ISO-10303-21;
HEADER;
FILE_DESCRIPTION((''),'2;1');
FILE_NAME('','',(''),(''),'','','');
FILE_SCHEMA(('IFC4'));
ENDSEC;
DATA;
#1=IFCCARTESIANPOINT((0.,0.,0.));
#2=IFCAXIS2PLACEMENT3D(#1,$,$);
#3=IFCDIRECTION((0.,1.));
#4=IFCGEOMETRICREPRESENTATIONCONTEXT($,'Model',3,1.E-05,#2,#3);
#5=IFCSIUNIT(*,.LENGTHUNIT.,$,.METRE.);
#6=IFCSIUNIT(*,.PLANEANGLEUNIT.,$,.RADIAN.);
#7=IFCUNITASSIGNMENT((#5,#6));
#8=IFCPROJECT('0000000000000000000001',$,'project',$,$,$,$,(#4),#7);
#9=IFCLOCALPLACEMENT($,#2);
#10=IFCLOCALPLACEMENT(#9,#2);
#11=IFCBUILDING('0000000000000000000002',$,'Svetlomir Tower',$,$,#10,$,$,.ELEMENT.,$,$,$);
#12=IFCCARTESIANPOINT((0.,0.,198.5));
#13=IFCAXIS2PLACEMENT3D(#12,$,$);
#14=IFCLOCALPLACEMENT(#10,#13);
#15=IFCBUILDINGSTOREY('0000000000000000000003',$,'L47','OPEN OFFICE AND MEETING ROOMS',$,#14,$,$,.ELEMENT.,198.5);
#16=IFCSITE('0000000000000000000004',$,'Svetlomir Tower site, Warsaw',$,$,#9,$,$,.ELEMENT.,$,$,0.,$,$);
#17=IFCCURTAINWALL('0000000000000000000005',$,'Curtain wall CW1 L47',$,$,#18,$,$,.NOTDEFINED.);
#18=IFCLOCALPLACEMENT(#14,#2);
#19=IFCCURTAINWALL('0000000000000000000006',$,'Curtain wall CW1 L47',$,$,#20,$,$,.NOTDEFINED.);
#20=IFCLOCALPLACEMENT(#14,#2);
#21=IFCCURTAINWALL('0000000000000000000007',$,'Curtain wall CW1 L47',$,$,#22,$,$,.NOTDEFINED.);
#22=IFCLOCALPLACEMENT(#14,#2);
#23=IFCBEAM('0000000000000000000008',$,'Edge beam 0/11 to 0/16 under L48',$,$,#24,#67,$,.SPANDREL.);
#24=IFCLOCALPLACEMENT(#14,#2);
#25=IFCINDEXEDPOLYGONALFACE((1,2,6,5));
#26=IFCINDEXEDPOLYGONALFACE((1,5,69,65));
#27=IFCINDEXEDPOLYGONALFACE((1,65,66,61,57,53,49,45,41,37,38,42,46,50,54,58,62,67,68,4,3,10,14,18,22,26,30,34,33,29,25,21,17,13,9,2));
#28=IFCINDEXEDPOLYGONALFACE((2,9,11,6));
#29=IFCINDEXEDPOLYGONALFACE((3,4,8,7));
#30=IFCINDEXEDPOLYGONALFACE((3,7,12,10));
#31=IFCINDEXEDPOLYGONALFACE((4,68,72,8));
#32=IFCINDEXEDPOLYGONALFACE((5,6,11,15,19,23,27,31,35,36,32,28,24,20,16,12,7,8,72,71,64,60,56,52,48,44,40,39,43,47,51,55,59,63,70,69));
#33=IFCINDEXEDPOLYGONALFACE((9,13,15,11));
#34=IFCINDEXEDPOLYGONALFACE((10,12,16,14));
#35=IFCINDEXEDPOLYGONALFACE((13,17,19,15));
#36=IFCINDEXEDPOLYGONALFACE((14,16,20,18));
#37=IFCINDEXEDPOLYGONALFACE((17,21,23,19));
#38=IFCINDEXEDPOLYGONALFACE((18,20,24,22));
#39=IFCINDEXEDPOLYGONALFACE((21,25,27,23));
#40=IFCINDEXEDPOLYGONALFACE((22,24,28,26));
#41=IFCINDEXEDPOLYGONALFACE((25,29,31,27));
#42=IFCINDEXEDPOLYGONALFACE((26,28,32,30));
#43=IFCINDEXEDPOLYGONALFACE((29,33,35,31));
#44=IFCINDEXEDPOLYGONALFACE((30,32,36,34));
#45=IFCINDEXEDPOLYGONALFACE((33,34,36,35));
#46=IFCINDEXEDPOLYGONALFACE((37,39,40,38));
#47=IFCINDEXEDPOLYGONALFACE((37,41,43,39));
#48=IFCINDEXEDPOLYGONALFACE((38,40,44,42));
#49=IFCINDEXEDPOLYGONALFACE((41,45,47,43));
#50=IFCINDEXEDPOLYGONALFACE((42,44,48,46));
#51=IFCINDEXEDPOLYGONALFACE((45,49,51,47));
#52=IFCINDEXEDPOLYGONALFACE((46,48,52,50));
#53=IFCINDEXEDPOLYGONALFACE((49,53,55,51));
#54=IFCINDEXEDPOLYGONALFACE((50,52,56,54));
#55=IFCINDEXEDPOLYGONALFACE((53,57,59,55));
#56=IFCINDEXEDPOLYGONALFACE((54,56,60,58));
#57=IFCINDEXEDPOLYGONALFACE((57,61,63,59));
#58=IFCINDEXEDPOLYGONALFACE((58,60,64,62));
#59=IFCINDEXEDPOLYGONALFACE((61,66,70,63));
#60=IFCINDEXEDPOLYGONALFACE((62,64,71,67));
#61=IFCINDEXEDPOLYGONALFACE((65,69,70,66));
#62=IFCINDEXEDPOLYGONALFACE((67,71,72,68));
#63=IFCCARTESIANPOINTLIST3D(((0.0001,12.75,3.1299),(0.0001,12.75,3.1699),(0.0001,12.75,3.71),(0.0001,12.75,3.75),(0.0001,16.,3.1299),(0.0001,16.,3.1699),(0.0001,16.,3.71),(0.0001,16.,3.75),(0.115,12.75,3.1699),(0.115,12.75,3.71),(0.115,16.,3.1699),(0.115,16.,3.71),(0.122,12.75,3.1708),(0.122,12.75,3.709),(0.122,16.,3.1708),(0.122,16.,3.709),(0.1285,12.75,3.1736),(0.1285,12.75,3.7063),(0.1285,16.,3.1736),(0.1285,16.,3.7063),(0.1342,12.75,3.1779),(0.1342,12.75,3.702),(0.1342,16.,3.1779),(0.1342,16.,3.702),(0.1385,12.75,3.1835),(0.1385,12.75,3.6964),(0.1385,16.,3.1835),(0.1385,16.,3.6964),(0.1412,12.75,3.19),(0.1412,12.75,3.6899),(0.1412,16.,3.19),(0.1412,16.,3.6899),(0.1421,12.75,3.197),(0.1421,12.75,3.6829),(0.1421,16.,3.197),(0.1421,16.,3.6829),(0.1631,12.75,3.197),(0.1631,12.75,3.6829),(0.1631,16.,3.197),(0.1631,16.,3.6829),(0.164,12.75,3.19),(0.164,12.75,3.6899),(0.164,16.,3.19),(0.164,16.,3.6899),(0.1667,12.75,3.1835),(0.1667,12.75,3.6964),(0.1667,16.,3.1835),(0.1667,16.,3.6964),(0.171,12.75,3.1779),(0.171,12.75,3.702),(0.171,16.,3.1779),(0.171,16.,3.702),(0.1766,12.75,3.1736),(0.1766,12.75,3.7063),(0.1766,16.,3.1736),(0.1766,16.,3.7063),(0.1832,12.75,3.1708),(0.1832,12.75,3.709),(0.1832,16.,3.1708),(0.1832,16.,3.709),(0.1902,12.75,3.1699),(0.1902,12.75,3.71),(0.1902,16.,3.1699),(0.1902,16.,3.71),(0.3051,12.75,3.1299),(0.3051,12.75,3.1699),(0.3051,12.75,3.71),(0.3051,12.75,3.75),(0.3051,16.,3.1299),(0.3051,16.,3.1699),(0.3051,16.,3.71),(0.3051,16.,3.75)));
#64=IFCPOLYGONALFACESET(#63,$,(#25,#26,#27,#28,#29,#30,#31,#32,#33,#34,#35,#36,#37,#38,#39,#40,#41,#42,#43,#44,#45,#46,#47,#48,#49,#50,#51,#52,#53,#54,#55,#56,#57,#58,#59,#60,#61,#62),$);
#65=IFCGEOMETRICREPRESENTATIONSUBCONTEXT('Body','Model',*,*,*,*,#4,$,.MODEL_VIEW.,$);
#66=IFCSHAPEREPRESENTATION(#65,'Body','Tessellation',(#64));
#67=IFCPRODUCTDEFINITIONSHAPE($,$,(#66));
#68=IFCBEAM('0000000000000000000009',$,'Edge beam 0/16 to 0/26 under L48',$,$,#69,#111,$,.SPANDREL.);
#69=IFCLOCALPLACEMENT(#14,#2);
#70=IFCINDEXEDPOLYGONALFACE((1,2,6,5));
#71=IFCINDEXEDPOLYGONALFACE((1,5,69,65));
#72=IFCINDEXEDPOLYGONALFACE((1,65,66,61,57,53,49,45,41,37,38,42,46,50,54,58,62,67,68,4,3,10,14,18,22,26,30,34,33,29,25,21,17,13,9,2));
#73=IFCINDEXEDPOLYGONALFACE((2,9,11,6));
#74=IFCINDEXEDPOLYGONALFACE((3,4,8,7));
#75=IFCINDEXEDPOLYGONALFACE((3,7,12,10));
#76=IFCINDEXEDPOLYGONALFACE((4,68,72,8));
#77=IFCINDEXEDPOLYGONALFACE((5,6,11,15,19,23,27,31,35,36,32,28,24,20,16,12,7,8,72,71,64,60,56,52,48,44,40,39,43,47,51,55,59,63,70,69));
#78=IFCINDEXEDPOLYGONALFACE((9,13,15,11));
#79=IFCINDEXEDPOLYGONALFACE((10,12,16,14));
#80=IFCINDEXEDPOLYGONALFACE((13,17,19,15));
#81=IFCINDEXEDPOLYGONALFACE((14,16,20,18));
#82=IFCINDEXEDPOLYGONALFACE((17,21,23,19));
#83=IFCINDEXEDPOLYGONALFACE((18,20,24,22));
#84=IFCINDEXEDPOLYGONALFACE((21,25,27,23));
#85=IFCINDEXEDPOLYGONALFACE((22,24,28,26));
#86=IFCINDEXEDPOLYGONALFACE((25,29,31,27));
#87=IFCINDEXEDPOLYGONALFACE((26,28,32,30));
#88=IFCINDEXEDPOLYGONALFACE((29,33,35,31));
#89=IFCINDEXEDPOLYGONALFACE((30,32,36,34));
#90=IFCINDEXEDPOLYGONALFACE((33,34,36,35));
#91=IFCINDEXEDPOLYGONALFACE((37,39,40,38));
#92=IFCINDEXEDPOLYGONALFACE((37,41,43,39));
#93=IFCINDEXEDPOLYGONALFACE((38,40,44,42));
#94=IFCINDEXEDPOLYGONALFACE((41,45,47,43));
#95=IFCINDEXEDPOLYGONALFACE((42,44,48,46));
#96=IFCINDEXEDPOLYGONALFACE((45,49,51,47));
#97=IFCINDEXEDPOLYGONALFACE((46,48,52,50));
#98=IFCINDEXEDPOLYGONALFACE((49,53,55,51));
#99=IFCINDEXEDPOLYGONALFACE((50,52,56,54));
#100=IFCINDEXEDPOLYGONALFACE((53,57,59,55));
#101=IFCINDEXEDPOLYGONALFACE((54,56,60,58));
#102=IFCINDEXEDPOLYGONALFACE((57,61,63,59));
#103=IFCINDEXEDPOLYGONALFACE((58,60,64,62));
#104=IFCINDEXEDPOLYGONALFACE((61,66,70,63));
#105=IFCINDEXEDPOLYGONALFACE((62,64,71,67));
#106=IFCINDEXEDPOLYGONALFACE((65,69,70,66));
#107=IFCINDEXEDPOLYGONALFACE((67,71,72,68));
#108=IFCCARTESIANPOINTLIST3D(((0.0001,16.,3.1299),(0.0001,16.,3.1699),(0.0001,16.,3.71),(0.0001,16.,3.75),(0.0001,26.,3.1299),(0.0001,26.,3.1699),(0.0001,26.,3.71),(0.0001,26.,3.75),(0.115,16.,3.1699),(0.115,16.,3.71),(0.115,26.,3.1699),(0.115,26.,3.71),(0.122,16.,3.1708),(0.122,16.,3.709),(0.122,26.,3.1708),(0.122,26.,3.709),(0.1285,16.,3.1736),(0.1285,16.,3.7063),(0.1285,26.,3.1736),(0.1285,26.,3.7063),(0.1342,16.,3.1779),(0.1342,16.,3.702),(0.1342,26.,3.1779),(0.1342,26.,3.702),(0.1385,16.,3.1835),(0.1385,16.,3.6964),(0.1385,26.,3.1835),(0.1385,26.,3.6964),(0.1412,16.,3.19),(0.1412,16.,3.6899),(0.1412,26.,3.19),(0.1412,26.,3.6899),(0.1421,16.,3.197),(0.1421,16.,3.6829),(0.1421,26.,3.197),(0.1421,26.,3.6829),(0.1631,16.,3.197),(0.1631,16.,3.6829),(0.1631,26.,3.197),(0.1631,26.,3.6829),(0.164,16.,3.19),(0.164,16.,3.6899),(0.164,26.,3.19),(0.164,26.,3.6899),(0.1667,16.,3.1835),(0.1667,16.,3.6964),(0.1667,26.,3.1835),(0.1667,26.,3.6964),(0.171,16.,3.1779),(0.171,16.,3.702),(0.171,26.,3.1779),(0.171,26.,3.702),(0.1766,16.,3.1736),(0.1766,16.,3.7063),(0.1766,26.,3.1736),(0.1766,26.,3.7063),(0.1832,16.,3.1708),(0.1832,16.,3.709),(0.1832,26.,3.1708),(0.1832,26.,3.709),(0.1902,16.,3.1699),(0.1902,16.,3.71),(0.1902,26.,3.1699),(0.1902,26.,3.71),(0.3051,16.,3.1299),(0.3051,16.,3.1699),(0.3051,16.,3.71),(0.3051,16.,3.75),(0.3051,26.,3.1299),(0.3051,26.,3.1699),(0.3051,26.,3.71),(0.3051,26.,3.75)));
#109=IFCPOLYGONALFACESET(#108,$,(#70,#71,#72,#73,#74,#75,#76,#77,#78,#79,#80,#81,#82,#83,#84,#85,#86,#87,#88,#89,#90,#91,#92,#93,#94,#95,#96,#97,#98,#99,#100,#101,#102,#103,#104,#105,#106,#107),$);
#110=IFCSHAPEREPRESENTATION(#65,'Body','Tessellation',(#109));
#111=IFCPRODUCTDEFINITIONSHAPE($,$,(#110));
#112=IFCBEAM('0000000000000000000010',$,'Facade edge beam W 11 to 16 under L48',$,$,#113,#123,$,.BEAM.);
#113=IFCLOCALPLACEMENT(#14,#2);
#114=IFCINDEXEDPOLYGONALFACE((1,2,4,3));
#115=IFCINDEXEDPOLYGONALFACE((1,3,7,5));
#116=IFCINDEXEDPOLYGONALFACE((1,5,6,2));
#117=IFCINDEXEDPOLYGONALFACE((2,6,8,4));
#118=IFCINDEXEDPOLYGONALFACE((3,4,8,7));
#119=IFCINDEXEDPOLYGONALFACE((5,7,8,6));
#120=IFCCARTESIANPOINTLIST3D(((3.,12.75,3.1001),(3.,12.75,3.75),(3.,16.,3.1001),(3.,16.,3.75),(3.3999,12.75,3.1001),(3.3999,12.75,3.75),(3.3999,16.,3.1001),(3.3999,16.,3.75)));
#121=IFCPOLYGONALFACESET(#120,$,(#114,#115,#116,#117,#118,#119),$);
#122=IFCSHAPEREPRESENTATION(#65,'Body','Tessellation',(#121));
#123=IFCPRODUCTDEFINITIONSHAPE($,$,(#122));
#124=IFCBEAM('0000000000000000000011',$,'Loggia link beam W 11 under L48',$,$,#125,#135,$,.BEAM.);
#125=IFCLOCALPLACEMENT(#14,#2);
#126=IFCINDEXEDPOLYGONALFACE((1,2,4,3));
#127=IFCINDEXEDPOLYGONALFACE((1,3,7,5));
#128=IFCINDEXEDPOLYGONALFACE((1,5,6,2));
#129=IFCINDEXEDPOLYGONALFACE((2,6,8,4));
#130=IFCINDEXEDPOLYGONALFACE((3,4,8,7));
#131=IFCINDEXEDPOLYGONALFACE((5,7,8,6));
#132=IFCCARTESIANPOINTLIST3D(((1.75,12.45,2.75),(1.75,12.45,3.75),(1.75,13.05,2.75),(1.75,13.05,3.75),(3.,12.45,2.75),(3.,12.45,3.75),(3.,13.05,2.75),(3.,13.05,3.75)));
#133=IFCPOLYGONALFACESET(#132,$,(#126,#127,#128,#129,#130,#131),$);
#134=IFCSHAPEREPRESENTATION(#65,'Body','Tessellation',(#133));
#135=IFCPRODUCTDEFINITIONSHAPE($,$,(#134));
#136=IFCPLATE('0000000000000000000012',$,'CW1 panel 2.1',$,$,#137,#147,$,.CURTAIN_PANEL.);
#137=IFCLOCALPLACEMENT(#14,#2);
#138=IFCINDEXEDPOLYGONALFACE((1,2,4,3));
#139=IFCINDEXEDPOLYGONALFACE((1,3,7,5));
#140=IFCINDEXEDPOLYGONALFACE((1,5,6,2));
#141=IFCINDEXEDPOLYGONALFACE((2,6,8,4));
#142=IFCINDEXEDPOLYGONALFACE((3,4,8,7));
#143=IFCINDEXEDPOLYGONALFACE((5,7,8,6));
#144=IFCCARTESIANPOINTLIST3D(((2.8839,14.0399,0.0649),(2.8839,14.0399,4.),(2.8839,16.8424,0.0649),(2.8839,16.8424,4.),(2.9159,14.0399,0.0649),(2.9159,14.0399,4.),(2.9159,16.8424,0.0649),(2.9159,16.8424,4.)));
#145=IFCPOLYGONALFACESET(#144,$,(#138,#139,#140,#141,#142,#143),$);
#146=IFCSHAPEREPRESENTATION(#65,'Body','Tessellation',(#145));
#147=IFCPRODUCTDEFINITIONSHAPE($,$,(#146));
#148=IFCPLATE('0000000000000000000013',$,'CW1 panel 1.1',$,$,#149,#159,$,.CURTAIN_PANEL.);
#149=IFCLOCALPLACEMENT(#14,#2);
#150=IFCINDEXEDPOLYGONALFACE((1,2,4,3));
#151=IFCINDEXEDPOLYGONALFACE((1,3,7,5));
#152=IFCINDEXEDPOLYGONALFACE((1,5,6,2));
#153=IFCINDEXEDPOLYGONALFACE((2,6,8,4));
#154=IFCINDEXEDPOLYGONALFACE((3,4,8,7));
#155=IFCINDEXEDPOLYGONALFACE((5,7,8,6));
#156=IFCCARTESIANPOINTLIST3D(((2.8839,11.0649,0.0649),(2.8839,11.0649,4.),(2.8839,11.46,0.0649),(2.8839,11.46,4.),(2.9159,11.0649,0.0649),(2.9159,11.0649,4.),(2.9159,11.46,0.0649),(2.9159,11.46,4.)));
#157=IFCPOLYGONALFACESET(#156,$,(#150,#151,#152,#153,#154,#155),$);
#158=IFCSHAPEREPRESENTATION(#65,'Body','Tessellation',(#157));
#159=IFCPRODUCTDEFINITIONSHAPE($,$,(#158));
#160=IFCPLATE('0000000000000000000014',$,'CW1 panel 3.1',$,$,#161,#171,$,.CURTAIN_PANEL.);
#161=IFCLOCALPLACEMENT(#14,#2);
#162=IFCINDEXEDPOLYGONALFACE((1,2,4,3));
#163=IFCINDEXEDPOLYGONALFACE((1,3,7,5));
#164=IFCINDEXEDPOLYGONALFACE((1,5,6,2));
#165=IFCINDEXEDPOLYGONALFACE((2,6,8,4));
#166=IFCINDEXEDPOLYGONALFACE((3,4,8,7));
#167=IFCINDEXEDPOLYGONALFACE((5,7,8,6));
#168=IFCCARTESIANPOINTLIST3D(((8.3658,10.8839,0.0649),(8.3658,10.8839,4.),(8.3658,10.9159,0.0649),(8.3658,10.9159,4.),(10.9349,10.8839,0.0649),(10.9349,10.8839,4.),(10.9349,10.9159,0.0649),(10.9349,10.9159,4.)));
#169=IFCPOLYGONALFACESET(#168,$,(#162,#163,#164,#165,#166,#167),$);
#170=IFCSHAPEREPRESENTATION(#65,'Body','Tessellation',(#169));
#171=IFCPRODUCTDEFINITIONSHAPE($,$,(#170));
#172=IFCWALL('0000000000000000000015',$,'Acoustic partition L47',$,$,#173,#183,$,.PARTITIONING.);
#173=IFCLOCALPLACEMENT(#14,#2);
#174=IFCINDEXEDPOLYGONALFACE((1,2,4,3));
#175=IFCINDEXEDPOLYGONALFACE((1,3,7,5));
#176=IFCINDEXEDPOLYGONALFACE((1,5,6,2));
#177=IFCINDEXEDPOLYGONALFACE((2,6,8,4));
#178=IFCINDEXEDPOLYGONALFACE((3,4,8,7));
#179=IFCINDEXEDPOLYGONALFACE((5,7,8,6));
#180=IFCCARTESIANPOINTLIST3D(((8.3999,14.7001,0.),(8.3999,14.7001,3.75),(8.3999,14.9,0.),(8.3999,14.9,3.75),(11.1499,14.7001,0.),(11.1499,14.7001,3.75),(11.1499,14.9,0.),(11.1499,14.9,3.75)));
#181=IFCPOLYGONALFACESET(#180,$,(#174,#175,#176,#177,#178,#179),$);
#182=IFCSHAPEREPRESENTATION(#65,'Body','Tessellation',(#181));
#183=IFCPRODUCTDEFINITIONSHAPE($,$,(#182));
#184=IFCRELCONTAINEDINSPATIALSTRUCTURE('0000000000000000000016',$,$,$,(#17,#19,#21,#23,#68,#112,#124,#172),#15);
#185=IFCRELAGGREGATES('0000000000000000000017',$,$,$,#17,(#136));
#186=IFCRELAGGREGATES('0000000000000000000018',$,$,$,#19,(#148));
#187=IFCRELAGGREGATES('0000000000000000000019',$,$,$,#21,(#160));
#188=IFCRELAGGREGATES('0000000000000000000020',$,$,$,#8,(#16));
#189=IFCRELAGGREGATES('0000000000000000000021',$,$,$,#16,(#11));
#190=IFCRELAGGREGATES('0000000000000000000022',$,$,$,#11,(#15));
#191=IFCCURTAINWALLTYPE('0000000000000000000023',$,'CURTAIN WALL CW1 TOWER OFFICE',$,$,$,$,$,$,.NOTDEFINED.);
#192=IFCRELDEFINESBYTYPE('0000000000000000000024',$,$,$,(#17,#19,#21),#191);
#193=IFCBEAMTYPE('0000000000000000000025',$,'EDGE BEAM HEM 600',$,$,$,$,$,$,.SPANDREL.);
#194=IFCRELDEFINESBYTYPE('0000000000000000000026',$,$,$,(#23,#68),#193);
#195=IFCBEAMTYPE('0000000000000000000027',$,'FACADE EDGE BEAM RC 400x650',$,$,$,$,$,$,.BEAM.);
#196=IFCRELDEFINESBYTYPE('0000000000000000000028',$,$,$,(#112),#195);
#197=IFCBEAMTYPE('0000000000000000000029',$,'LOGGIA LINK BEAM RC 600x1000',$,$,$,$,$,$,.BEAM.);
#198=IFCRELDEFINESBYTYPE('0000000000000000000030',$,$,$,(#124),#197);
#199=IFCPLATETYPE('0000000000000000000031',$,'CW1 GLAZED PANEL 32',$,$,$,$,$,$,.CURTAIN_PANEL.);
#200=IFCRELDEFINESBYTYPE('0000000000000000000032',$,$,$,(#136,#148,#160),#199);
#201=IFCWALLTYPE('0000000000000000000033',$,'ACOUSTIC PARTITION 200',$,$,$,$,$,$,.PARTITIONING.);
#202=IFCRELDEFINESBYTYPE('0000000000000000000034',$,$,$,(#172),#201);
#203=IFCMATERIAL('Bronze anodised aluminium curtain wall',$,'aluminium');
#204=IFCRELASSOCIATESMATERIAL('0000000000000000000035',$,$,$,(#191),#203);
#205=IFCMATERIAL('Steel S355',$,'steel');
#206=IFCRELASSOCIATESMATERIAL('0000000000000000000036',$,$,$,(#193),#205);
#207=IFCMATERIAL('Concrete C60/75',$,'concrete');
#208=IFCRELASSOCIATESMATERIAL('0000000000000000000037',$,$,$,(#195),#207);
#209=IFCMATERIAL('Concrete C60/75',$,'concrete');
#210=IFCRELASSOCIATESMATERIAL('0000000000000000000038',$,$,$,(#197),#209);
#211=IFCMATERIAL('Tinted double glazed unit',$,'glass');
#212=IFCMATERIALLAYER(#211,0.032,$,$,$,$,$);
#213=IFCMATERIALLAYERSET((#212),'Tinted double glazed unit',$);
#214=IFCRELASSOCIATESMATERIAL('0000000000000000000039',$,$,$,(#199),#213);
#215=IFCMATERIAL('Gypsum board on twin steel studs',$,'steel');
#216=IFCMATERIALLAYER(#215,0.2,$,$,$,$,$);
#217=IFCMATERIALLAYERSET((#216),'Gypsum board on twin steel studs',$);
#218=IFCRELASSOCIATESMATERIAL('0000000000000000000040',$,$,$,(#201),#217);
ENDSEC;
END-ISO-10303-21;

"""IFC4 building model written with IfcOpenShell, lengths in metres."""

from ifc_helpers import new_model, si_unit, direction, frame, frame_2d, origin, origin_2d, place, context, subcontext, project, spatial, rectangle, i_section, extrude, material, layer, layer_set, material_profile, profile_set, type_object, element, aggregate, save


model = new_model("IFC4")

# Units and contexts
model_context = context("Model", 3, precision=1e-05, world=origin(), true_north=direction((0.0, 1.0)))
body_context = subcontext(model_context, "Body", "Model", "MODEL_VIEW")
ifc_project = project(units=[si_unit("LENGTHUNIT", "METRE"), si_unit("PLANEANGLEUNIT", "RADIAN")], contexts=[model_context])

# Site, building, storey
site_placement = place(None, origin())
site = spatial("IfcSite", under=ifc_project, at=site_placement, Name="Svetlomir Tower site, Warsaw", CompositionType="ELEMENT", RefElevation=0.0)
building_placement = place(site_placement, origin())
building = spatial("IfcBuilding", under=site, at=building_placement, Name="Svetlomir Tower", CompositionType="ELEMENT")
storey_placement = place(building_placement, frame((0.0, 0.0, 198.5)))
storey = spatial("IfcBuildingStorey", under=building, at=storey_placement, Name="L47", Description="OPEN OFFICE AND MEETING ROOMS", CompositionType="ELEMENT", Elevation=198.5)

# Curtain wall
ifc_material_1 = material(Name="Bronze anodised aluminium curtain wall", Category="aluminium")
curtain_wall_type = type_object("IfcCurtainWallType", Name="CURTAIN WALL CW1 TOWER OFFICE", PredefinedType="NOTDEFINED", material=ifc_material_1)
curtain_wall_1_placement = place(storey_placement, origin())
curtain_wall_1 = element("IfcCurtainWall", 1, at=curtain_wall_1_placement, inside=storey, type_object=curtain_wall_type, Name="Curtain wall CW1 L47", PredefinedType="NOTDEFINED")

# Curtain walls
curtain_wall_2_placement = place(storey_placement, origin())
curtain_wall_2 = element("IfcCurtainWall", 2, at=curtain_wall_2_placement, inside=storey, type_object=curtain_wall_type, Name="Curtain wall CW1 L47", PredefinedType="NOTDEFINED")
curtain_wall_3_placement = place(storey_placement, origin())
curtain_wall_3 = element("IfcCurtainWall", 3, at=curtain_wall_3_placement, inside=storey, type_object=curtain_wall_type, Name="Curtain wall CW1 L47", PredefinedType="NOTDEFINED")

# Beams
ifc_material_2 = material(Name="Steel S355", Category="steel")
ifc_material_profile_1 = material_profile(ifc_material_2, i_section(OverallWidth=0.3049, OverallDepth=0.6201, WebThickness=0.021, FlangeThickness=0.04, FilletRadius=0.0271, at=origin_2d()), Name="HEM 600")
ifc_profile_set_1 = profile_set([ifc_material_profile_1], Name="Steel S355")
beam_type_1 = type_object("IfcBeamType", Name="EDGE BEAM HEM 600", PredefinedType="SPANDREL", material=ifc_profile_set_1)
beam_1_placement = place(storey_placement, frame((0.1526, 12.75, 3.4399), z_axis=(0.0, 1.0, 0.0), x_axis=(-1.0, 0.0, 0.0)))
element("IfcBeam", 4, at=beam_1_placement, inside=storey, type_object=beam_type_1, Name="Edge beam 0/11 to 0/16 under L48", PredefinedType="SPANDREL", context=body_context, shape_type="SweptSolid", body=[
    extrude(i_section(OverallWidth=0.3049, OverallDepth=0.6201, WebThickness=0.021, FlangeThickness=0.04, FilletRadius=0.0271, at=origin_2d()), origin(), (0.0, 0.0, 1.0), 3.25),
])
beam_2_placement = place(storey_placement, frame((0.1526, 16.0, 3.4399), z_axis=(0.0, 1.0, 0.0), x_axis=(-1.0, 0.0, 0.0)))
element("IfcBeam", 5, at=beam_2_placement, inside=storey, type_object=beam_type_1, Name="Edge beam 0/16 to 0/26 under L48", PredefinedType="SPANDREL", context=body_context, shape_type="SweptSolid", body=[
    extrude(i_section(OverallWidth=0.3049, OverallDepth=0.6201, WebThickness=0.021, FlangeThickness=0.04, FilletRadius=0.0271, at=origin_2d()), origin(), (0.0, 0.0, 1.0), 10.0),
])
ifc_material_3 = material(Name="Concrete C60/75", Category="concrete")
ifc_material_profile_2 = material_profile(ifc_material_3, rectangle(XDim=0.3999, YDim=0.6499, at=origin_2d()), Name="RC 400x650")
ifc_profile_set_2 = profile_set([ifc_material_profile_2], Name="Concrete C60/75")
beam_type_2 = type_object("IfcBeamType", Name="FACADE EDGE BEAM RC 400x650", PredefinedType="BEAM", material=ifc_profile_set_2)
beam_3_placement = place(storey_placement, frame((3.2, 12.75, 3.425), z_axis=(0.0, 1.0, 0.0), x_axis=(-1.0, 0.0, 0.0)))
element("IfcBeam", 6, at=beam_3_placement, inside=storey, type_object=beam_type_2, Name="Facade edge beam W 11 to 16 under L48", PredefinedType="BEAM", context=body_context, shape_type="SweptSolid", body=[
    extrude(rectangle(XDim=0.3999, YDim=0.6499, at=origin_2d()), origin(), (0.0, 0.0, 1.0), 3.25),
])
ifc_material_4 = material(Name="Concrete C60/75", Category="concrete")
ifc_material_profile_3 = material_profile(ifc_material_4, rectangle(XDim=0.6001, YDim=1.0, at=origin_2d()), Name="RC 600x1000")
ifc_profile_set_3 = profile_set([ifc_material_profile_3], Name="Concrete C60/75")
beam_type_3 = type_object("IfcBeamType", Name="LOGGIA LINK BEAM RC 600x1000", PredefinedType="BEAM", material=ifc_profile_set_3)
beam_4_placement = place(storey_placement, frame((1.75, 12.75, 3.25), z_axis=(1.0, 0.0, 0.0), x_axis=(0.0, 1.0, 0.0)))
element("IfcBeam", 7, at=beam_4_placement, inside=storey, type_object=beam_type_3, Name="Loggia link beam W 11 under L48", PredefinedType="BEAM", context=body_context, shape_type="SweptSolid", body=[
    extrude(rectangle(XDim=0.6001, YDim=1.0, at=origin_2d()), origin(), (0.0, 0.0, 1.0), 1.25),
])

# Plates
ifc_material_5 = material(Name="Tinted double glazed unit", Category="glass")
ifc_layer_1 = layer(ifc_material_5, 0.032)
ifc_layer_set_1 = layer_set([ifc_layer_1], Name="Tinted double glazed unit")
plate_type = type_object("IfcPlateType", Name="CW1 GLAZED PANEL 32", PredefinedType="CURTAIN_PANEL", material=ifc_layer_set_1)
plate_1_placement = place(storey_placement, frame((2.8999, 15.4412, 0.0649), z_axis=(0.0, 0.0, 1.0), x_axis=(0.0, -1.0, 0.0)))
plate_1 = element("IfcPlate", 8, at=plate_1_placement, type_object=plate_type, Name="CW1 panel 2.1", PredefinedType="CURTAIN_PANEL", context=body_context, shape_type="SweptSolid", body=[
    extrude(rectangle(XDim=2.8025, YDim=0.032, at=origin_2d()), origin(), (0.0, 0.0, 1.0), 3.9351),
])
aggregate(curtain_wall_1, [plate_1])
plate_2_placement = place(storey_placement, frame((2.8999, 11.2625, 0.0649), z_axis=(0.0, 0.0, 1.0), x_axis=(0.0, -1.0, 0.0)))
plate_2 = element("IfcPlate", 9, at=plate_2_placement, type_object=plate_type, Name="CW1 panel 1.1", PredefinedType="CURTAIN_PANEL", context=body_context, shape_type="SweptSolid", body=[
    extrude(rectangle(XDim=0.395, YDim=0.032, at=origin_2d()), origin(), (0.0, 0.0, 1.0), 3.9351),
])
aggregate(curtain_wall_2, [plate_2])
plate_3_placement = place(storey_placement, frame((9.6504, 10.8999, 0.0649), z_axis=(0.0, 0.0, 1.0), x_axis=(1.0, 0.0, 0.0)))
plate_3 = element("IfcPlate", 10, at=plate_3_placement, type_object=plate_type, Name="CW1 panel 3.1", PredefinedType="CURTAIN_PANEL", context=body_context, shape_type="SweptSolid", body=[
    extrude(rectangle(XDim=2.5691, YDim=0.032, at=origin_2d()), origin(), (0.0, 0.0, 1.0), 3.9351),
])
aggregate(curtain_wall_3, [plate_3])

# Wall
ifc_material_6 = material(Name="Gypsum board on twin steel studs", Category="steel")
ifc_layer_2 = layer(ifc_material_6, 0.2)
ifc_layer_set_2 = layer_set([ifc_layer_2], Name="Gypsum board on twin steel studs")
wall_type_1 = type_object("IfcWallType", Name="ACOUSTIC PARTITION 200", PredefinedType="PARTITIONING", material=ifc_layer_set_2)
wall_1_placement = place(storey_placement, frame((8.3999, 14.8, 0.0), z_axis=(0.0, 0.0, 1.0), x_axis=(1.0, 0.0, 0.0)))
element("IfcWall", 11, at=wall_1_placement, inside=storey, type_object=wall_type_1, Name="Acoustic partition L47", PredefinedType="PARTITIONING", context=body_context, shape_type="SweptSolid", body=[
    extrude(rectangle(XDim=2.75, YDim=0.2, at=frame_2d((1.375, 0.0))), origin(), (0.0, 0.0, 1.0), 3.75),
])

save(model, "model.ifc")
